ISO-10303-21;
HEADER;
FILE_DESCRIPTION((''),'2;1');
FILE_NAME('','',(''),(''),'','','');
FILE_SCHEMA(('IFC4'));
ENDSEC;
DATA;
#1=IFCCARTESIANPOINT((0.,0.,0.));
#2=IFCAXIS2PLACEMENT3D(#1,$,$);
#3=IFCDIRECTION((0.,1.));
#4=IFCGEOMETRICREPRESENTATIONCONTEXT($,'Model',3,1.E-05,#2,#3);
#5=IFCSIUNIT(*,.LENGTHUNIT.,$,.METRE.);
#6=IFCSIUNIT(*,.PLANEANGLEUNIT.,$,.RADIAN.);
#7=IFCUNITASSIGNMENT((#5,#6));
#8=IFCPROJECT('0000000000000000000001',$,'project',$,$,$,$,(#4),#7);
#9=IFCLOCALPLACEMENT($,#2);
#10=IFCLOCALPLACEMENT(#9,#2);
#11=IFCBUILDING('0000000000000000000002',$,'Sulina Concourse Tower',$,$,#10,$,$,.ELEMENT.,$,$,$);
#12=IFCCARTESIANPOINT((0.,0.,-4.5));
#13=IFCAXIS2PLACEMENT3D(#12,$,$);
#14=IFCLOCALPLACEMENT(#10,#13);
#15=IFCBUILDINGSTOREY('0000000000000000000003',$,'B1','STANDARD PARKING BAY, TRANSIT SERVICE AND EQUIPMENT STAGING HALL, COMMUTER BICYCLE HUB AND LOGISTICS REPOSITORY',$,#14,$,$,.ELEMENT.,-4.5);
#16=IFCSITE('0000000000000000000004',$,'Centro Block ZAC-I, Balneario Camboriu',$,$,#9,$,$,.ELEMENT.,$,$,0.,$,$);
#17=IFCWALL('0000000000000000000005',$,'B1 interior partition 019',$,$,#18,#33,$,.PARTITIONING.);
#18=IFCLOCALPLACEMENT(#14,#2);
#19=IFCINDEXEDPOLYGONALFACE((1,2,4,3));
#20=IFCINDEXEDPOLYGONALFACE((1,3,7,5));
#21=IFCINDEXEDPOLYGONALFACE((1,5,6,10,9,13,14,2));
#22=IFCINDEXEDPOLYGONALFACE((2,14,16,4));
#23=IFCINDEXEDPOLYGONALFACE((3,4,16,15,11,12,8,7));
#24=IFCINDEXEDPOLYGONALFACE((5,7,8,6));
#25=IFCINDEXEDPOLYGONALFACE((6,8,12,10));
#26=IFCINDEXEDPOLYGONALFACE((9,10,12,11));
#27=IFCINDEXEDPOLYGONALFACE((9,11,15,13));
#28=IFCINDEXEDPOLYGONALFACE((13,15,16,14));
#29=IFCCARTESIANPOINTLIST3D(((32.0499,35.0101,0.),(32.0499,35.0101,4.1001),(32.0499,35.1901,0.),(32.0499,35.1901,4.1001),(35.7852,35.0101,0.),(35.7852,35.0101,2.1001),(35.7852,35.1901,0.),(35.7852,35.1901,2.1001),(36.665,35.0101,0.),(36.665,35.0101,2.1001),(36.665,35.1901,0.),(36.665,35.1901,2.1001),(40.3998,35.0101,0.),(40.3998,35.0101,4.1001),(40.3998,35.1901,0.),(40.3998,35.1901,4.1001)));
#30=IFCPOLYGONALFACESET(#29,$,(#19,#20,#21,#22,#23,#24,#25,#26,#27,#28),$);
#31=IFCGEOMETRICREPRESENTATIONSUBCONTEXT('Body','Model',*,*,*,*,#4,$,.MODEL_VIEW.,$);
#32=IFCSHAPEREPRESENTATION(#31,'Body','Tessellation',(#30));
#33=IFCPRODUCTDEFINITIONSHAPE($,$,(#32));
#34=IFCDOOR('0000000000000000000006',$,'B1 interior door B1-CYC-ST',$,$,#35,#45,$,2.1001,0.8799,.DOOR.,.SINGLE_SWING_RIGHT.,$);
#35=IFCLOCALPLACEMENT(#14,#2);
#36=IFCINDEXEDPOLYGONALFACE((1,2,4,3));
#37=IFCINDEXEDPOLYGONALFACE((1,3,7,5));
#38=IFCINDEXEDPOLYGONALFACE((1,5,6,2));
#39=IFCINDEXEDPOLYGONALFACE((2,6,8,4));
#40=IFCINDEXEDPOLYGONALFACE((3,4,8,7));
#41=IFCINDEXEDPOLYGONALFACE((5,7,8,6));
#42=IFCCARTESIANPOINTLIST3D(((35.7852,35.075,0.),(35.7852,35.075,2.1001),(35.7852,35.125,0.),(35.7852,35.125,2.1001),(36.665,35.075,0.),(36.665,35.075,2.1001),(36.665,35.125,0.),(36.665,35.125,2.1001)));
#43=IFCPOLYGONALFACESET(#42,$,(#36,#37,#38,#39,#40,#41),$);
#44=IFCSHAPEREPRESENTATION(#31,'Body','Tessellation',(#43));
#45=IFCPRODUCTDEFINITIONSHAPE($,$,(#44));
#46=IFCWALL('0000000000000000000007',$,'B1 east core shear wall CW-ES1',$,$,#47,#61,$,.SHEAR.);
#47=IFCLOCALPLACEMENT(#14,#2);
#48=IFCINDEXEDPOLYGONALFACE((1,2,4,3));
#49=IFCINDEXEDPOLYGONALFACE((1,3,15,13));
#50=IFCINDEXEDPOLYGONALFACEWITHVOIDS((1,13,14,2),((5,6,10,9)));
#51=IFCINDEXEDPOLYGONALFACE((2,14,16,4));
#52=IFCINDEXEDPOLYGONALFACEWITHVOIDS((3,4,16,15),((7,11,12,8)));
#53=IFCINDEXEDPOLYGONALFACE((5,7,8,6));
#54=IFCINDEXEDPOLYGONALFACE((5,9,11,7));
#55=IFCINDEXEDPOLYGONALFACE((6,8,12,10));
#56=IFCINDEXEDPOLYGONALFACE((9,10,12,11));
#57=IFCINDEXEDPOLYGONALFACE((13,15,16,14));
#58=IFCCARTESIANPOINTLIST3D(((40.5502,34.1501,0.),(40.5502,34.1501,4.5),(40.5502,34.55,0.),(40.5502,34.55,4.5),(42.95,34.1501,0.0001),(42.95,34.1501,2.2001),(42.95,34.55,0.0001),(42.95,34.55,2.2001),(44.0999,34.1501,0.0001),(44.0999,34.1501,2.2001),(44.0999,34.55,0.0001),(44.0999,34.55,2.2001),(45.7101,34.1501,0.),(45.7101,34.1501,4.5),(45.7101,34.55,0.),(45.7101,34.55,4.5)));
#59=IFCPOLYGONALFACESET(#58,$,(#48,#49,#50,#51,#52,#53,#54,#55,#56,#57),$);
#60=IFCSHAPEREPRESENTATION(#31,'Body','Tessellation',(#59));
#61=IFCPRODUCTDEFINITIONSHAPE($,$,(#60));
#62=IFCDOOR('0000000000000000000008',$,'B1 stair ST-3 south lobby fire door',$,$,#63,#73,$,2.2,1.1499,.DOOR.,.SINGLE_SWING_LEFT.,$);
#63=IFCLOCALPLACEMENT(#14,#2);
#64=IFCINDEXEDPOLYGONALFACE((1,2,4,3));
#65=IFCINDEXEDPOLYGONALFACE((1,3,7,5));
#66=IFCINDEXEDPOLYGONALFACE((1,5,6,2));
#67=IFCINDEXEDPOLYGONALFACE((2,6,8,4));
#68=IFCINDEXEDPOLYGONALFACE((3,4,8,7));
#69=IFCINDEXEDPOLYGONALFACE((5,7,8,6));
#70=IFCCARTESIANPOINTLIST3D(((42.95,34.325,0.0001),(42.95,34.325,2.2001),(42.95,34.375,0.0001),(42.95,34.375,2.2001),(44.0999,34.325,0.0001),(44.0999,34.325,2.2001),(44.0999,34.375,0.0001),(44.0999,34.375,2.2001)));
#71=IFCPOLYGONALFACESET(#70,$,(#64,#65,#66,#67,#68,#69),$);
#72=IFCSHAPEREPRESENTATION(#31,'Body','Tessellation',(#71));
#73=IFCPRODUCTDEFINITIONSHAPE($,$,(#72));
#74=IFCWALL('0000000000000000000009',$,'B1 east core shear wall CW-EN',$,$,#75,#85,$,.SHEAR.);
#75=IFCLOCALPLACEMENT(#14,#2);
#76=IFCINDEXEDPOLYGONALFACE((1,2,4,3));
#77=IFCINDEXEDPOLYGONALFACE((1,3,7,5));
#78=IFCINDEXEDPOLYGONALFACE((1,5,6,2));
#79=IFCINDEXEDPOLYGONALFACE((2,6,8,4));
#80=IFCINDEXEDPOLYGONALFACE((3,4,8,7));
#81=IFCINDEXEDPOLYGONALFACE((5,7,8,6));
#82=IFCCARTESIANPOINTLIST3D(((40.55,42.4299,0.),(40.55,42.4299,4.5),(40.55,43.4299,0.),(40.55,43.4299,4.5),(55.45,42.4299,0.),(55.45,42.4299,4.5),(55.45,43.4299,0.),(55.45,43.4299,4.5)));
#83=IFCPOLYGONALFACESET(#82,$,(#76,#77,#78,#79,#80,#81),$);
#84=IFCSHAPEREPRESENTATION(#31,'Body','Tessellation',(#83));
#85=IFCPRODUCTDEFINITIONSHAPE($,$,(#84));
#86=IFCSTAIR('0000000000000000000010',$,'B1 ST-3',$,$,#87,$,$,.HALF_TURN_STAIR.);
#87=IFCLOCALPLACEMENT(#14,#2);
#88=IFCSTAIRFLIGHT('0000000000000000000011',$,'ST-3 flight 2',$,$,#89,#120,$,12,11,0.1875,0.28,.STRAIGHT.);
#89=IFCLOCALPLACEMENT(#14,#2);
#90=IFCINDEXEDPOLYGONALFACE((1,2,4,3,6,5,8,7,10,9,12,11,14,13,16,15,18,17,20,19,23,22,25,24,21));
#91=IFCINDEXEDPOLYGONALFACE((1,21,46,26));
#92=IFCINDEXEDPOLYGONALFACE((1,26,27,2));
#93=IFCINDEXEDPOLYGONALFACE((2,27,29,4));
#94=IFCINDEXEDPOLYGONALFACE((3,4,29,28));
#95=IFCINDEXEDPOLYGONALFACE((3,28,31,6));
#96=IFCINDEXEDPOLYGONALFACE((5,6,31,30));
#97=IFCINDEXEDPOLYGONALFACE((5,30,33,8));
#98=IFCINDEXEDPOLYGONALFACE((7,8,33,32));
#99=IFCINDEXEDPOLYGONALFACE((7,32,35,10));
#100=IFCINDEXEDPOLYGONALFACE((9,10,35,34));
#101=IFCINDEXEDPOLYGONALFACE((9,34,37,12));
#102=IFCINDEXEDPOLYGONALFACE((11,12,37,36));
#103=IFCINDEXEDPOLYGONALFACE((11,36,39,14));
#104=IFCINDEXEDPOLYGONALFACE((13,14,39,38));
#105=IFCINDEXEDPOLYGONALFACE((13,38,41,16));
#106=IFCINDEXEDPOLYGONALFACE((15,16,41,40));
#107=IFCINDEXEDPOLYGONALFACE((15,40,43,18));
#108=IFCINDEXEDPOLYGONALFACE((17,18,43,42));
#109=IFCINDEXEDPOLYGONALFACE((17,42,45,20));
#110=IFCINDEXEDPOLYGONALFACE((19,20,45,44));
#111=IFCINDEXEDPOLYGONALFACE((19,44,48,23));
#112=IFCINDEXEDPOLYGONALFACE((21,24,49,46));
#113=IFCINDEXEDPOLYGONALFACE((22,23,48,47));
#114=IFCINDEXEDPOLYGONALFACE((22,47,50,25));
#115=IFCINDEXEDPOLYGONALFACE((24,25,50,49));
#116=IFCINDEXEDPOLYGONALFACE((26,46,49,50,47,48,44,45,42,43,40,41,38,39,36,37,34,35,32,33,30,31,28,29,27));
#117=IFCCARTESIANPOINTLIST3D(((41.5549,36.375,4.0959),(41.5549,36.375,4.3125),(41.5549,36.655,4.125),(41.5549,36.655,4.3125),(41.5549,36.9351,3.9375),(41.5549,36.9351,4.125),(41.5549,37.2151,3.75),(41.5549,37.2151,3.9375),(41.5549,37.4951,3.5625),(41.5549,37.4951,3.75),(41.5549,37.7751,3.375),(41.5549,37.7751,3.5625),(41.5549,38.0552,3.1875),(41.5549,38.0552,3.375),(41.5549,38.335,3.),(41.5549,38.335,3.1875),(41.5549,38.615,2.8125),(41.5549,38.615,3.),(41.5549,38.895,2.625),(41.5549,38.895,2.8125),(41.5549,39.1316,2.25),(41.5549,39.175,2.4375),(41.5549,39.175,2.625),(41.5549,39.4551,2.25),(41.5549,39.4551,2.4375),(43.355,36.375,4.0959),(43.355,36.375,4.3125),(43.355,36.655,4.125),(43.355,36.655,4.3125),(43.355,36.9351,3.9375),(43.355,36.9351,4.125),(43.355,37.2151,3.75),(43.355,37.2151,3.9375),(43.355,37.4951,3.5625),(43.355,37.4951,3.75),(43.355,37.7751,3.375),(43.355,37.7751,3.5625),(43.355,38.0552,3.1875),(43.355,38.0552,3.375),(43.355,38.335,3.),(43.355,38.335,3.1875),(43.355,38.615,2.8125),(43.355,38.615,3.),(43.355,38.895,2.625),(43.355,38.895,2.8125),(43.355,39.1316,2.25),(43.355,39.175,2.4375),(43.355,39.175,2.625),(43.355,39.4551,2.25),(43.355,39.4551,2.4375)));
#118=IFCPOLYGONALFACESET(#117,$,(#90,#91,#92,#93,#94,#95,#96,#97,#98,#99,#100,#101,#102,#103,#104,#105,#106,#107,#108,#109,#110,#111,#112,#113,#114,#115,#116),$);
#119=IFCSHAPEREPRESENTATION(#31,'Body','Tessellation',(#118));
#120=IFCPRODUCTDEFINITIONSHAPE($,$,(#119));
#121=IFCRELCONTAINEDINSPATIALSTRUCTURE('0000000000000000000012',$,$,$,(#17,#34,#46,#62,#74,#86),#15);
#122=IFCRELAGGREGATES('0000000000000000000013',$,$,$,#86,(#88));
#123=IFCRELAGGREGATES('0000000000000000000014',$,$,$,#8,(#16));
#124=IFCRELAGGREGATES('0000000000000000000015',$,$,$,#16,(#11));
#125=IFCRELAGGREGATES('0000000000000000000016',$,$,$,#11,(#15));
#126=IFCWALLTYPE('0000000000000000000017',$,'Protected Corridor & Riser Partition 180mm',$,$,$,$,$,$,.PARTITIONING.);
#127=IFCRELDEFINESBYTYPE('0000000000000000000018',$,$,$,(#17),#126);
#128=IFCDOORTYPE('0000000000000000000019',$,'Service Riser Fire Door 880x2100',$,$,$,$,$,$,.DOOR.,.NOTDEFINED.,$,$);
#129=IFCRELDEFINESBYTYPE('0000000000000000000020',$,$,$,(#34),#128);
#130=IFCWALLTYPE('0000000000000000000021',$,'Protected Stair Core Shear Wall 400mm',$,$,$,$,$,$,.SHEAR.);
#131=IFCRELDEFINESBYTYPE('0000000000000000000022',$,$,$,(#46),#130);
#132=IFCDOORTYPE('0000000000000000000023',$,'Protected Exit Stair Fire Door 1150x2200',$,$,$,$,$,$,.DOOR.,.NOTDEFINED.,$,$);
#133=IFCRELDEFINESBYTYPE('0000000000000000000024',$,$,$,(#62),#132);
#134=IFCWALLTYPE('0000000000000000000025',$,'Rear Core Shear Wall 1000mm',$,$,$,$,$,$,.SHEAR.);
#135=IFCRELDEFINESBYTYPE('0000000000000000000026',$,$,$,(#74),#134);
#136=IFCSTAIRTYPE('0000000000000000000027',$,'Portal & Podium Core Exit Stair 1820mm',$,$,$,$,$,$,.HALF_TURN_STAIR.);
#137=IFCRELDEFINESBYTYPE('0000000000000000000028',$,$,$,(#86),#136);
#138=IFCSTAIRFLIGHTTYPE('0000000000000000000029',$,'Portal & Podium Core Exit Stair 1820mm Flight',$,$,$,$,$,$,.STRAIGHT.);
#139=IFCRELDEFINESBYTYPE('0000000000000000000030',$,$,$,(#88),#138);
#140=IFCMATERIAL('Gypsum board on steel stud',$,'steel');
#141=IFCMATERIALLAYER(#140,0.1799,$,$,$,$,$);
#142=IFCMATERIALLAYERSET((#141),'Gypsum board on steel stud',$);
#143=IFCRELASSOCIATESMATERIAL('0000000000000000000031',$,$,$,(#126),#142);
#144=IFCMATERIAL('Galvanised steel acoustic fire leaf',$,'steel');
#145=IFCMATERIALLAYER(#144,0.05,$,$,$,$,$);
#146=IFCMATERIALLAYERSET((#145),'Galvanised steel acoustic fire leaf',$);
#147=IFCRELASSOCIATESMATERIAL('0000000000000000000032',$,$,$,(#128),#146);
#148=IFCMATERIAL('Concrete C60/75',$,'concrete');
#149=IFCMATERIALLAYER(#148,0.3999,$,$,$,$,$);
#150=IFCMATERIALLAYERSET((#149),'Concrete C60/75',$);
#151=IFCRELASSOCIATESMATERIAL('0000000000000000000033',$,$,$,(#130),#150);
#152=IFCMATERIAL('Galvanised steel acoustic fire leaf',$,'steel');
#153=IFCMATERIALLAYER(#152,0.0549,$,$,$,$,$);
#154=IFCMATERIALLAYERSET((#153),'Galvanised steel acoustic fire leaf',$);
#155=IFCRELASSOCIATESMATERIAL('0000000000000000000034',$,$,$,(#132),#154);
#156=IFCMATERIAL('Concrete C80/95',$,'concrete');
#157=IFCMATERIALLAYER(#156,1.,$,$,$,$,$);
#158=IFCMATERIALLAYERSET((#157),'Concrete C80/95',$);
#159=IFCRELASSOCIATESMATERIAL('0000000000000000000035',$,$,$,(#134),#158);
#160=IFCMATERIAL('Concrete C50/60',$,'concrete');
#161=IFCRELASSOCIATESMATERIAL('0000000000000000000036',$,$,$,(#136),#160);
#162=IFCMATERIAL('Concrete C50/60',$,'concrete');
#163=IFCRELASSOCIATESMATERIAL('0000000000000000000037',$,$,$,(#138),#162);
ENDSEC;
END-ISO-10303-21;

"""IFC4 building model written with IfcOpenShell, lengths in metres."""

from ifc_helpers import new_model, si_unit, direction, frame, frame_2d, origin, place, context, subcontext, project, spatial, polyline, rectangle, outline, extrude, material, layer, layer_set, type_object, element, fill, aggregate, save


model = new_model("IFC4")

# Units and contexts
model_context = context("Model", 3, precision=1e-05, world=origin(), true_north=direction((0.0, 1.0)))
body_context = subcontext(model_context, "Body", "Model", "MODEL_VIEW")
ifc_project = project(units=[si_unit("LENGTHUNIT", "METRE"), si_unit("PLANEANGLEUNIT", "RADIAN")], contexts=[model_context])

# Site, building, storey
site_placement = place(None, origin())
site = spatial("IfcSite", under=ifc_project, at=site_placement, Name="Centro Block ZAC-I, Balneario Camboriu", CompositionType="ELEMENT", RefElevation=0.0)
building_placement = place(site_placement, origin())
building = spatial("IfcBuilding", under=site, at=building_placement, Name="Sulina Concourse Tower", CompositionType="ELEMENT")
storey_placement = place(building_placement, frame((0.0, 0.0, -4.5)))
storey = spatial("IfcBuildingStorey", under=building, at=storey_placement, Name="B1", Description="STANDARD PARKING BAY, TRANSIT SERVICE AND EQUIPMENT STAGING HALL, COMMUTER BICYCLE HUB AND LOGISTICS REPOSITORY", CompositionType="ELEMENT", Elevation=-4.5)

# Shared definitions
ifc_material_1 = material(Name="Gypsum board on steel stud", Category="steel")
ifc_layer_1 = layer(ifc_material_1, 0.1799)
ifc_layer_set_1 = layer_set([ifc_layer_1], Name="Gypsum board on steel stud")
wall_type_1 = type_object("IfcWallType", Name="Protected Corridor & Riser Partition 180mm", PredefinedType="PARTITIONING", material=ifc_layer_set_1)
ifc_material_2 = material(Name="Galvanised steel acoustic fire leaf", Category="steel")
ifc_layer_2 = layer(ifc_material_2, 0.05)
ifc_layer_set_2 = layer_set([ifc_layer_2], Name="Galvanised steel acoustic fire leaf")
door_type_1 = type_object("IfcDoorType", Name="Service Riser Fire Door 880x2100", OperationType="NOTDEFINED", PredefinedType="DOOR", material=ifc_layer_set_2)

# Walls, openings, doors
wall_1_placement = place(storey_placement, frame((32.05, 35.1001, 0.0), z_axis=(0.0, 0.0, 1.0), x_axis=(1.0, 0.0, 0.0)))
wall_1 = element("IfcWall", 1, at=wall_1_placement, inside=storey, type_object=wall_type_1, Name="B1 interior partition 019", PredefinedType="PARTITIONING", context=body_context, shape_type="SweptSolid", body=[
    extrude(rectangle(XDim=8.3499, YDim=0.1799, at=frame_2d((4.1748, 0.0))), origin(), (0.0, 0.0, 1.0), 4.1001),
])
opening_1_placement = place(wall_1_placement, frame((3.7351, 0.0, 0.0)))
opening_1 = element("IfcOpeningElement", 2, at=opening_1_placement, cuts=wall_1, PredefinedType="OPENING", context=body_context, shape_type="SweptSolid", body=[
    extrude(rectangle(XDim=0.8799, YDim=2.1001, at=frame_2d((0.4399, 1.05))), frame((0.0, 0.0999, 0.0), z_axis=(0.0, -1.0, 0.0), x_axis=(1.0, 0.0, 0.0)), (0.0, 0.0, 1.0), 0.2),
])
door_1_placement = place(opening_1_placement, origin())
door_1 = element("IfcDoor", 3, at=door_1_placement, inside=storey, type_object=door_type_1, Name="B1 interior door B1-CYC-ST", OperationType="SINGLE_SWING_RIGHT", OverallHeight=2.1001, OverallWidth=0.8799, PredefinedType="DOOR", context=body_context, shape_type="SweptSolid", body=[
    extrude(rectangle(XDim=0.8799, YDim=2.1001, at=frame_2d((0.4399, 1.05))), frame((0.0, 0.0249, 0.0), z_axis=(0.0, -1.0, 0.0), x_axis=(1.0, 0.0, 0.0)), (0.0, 0.0, 1.0), 0.05),
])
fill(opening_1, door_1)
ifc_material_3 = material(Name="Concrete C60/75", Category="concrete")
ifc_layer_3 = layer(ifc_material_3, 0.3999)
ifc_layer_set_3 = layer_set([ifc_layer_3], Name="Concrete C60/75")
wall_type_2 = type_object("IfcWallType", Name="Protected Stair Core Shear Wall 400mm", PredefinedType="SHEAR", material=ifc_layer_set_3)
wall_2_placement = place(storey_placement, frame((40.55, 34.3501, 0.0), z_axis=(0.0, 0.0, 1.0), x_axis=(1.0, 0.0, 0.0)))
wall_2 = element("IfcWall", 4, at=wall_2_placement, inside=storey, type_object=wall_type_2, Name="B1 east core shear wall CW-ES1", PredefinedType="SHEAR", context=body_context, shape_type="SweptSolid", body=[
    extrude(rectangle(XDim=5.1599, YDim=0.3999, at=frame_2d((2.5801, 0.0))), origin(), (0.0, 0.0, 1.0), 4.5),
])
opening_2_placement = place(wall_2_placement, frame((2.3999, 0.0, 0.0)))
opening_2 = element("IfcOpeningElement", 5, at=opening_2_placement, cuts=wall_2, PredefinedType="OPENING", context=body_context, shape_type="SweptSolid", body=[
    extrude(rectangle(XDim=1.1499, YDim=2.2, at=frame_2d((0.575, 1.1001))), frame((0.0, 0.21, 0.0), z_axis=(0.0, -1.0, 0.0), x_axis=(1.0, 0.0, 0.0)), (0.0, 0.0, 1.0), 0.4199),
])
ifc_material_4 = material(Name="Galvanised steel acoustic fire leaf", Category="steel")
ifc_layer_4 = layer(ifc_material_4, 0.0549)
ifc_layer_set_4 = layer_set([ifc_layer_4], Name="Galvanised steel acoustic fire leaf")
door_type_2 = type_object("IfcDoorType", Name="Protected Exit Stair Fire Door 1150x2200", OperationType="NOTDEFINED", PredefinedType="DOOR", material=ifc_layer_set_4)
door_2_placement = place(opening_2_placement, origin())
door_2 = element("IfcDoor", 6, at=door_2_placement, inside=storey, type_object=door_type_2, Name="B1 stair ST-3 south lobby fire door", OperationType="SINGLE_SWING_LEFT", OverallHeight=2.2, OverallWidth=1.1499, PredefinedType="DOOR", context=body_context, shape_type="SweptSolid", body=[
    extrude(rectangle(XDim=1.1499, YDim=2.2, at=frame_2d((0.575, 1.1001))), frame((0.0, 0.0249, 0.0), z_axis=(0.0, -1.0, 0.0), x_axis=(1.0, 0.0, 0.0)), (0.0, 0.0, 1.0), 0.05),
])
fill(opening_2, door_2)

# Wall
ifc_material_5 = material(Name="Concrete C80/95", Category="concrete")
ifc_layer_5 = layer(ifc_material_5, 1.0)
ifc_layer_set_5 = layer_set([ifc_layer_5], Name="Concrete C80/95")
wall_type_3 = type_object("IfcWallType", Name="Rear Core Shear Wall 1000mm", PredefinedType="SHEAR", material=ifc_layer_set_5)
wall_3_placement = place(storey_placement, frame((40.55, 42.9299, 0.0), z_axis=(0.0, 0.0, 1.0), x_axis=(1.0, 0.0, 0.0)))
element("IfcWall", 7, at=wall_3_placement, inside=storey, type_object=wall_type_3, Name="B1 east core shear wall CW-EN", PredefinedType="SHEAR", context=body_context, shape_type="SweptSolid", body=[
    extrude(rectangle(XDim=14.8999, YDim=1.0, at=frame_2d((7.45, 0.0))), origin(), (0.0, 0.0, 1.0), 4.5),
])

# Stair, stair flight
ifc_material_6 = material(Name="Concrete C50/60", Category="concrete")
stair_type = type_object("IfcStairType", Name="Portal & Podium Core Exit Stair 1820mm", PredefinedType="HALF_TURN_STAIR", material=ifc_material_6)
stair_placement = place(storey_placement, origin())
stair = element("IfcStair", 8, at=stair_placement, inside=storey, type_object=stair_type, Name="B1 ST-3", PredefinedType="HALF_TURN_STAIR")
ifc_material_7 = material(Name="Concrete C50/60", Category="concrete")
stair_flight_type = type_object("IfcStairFlightType", Name="Portal & Podium Core Exit Stair 1820mm Flight", PredefinedType="STRAIGHT", material=ifc_material_7)
stair_flight_placement = place(storey_placement, frame((42.4551, 39.4551, 2.25), z_axis=(0.0, 0.0, 1.0), x_axis=(0.0, -1.0, 0.0)))
stair_flight = element("IfcStairFlight", 9, at=stair_flight_placement, type_object=stair_flight_type, Name="ST-3 flight 2", NumberOfRisers=12, NumberOfTreads=11, PredefinedType="STRAIGHT", RiserHeight=0.1875, TreadLength=0.28, context=body_context, shape_type="SweptSolid", body=[
    extrude(outline(polyline([(0.0, 0.0), (0.0, 0.1875), (0.28, 0.1875), (0.28, 0.375), (0.5601, 0.375), (0.5601, 0.5625), (0.8401, 0.5625), (0.8401, 0.75), (1.1201, 0.75), (1.1201, 0.9375), (1.3999, 0.9375), (1.3999, 1.125), (1.6799, 1.125), (1.6799, 1.3125), (1.96, 1.3125), (1.96, 1.5), (2.24, 1.5), (2.24, 1.6875), (2.52, 1.6875), (2.52, 1.875), (2.8, 1.875), (2.8, 2.0625), (3.0801, 2.0625), (3.0801, 2.25), (3.0801, 1.8459), (0.3235, 0.0), (0.0, 0.0)])), frame((0.0, 0.8999, 0.0), z_axis=(0.0, -1.0, 0.0), x_axis=(1.0, 0.0, 0.0)), (0.0, 0.0, 1.0), 1.8),
])
aggregate(stair, [stair_flight])

save(model, "model.ifc")
